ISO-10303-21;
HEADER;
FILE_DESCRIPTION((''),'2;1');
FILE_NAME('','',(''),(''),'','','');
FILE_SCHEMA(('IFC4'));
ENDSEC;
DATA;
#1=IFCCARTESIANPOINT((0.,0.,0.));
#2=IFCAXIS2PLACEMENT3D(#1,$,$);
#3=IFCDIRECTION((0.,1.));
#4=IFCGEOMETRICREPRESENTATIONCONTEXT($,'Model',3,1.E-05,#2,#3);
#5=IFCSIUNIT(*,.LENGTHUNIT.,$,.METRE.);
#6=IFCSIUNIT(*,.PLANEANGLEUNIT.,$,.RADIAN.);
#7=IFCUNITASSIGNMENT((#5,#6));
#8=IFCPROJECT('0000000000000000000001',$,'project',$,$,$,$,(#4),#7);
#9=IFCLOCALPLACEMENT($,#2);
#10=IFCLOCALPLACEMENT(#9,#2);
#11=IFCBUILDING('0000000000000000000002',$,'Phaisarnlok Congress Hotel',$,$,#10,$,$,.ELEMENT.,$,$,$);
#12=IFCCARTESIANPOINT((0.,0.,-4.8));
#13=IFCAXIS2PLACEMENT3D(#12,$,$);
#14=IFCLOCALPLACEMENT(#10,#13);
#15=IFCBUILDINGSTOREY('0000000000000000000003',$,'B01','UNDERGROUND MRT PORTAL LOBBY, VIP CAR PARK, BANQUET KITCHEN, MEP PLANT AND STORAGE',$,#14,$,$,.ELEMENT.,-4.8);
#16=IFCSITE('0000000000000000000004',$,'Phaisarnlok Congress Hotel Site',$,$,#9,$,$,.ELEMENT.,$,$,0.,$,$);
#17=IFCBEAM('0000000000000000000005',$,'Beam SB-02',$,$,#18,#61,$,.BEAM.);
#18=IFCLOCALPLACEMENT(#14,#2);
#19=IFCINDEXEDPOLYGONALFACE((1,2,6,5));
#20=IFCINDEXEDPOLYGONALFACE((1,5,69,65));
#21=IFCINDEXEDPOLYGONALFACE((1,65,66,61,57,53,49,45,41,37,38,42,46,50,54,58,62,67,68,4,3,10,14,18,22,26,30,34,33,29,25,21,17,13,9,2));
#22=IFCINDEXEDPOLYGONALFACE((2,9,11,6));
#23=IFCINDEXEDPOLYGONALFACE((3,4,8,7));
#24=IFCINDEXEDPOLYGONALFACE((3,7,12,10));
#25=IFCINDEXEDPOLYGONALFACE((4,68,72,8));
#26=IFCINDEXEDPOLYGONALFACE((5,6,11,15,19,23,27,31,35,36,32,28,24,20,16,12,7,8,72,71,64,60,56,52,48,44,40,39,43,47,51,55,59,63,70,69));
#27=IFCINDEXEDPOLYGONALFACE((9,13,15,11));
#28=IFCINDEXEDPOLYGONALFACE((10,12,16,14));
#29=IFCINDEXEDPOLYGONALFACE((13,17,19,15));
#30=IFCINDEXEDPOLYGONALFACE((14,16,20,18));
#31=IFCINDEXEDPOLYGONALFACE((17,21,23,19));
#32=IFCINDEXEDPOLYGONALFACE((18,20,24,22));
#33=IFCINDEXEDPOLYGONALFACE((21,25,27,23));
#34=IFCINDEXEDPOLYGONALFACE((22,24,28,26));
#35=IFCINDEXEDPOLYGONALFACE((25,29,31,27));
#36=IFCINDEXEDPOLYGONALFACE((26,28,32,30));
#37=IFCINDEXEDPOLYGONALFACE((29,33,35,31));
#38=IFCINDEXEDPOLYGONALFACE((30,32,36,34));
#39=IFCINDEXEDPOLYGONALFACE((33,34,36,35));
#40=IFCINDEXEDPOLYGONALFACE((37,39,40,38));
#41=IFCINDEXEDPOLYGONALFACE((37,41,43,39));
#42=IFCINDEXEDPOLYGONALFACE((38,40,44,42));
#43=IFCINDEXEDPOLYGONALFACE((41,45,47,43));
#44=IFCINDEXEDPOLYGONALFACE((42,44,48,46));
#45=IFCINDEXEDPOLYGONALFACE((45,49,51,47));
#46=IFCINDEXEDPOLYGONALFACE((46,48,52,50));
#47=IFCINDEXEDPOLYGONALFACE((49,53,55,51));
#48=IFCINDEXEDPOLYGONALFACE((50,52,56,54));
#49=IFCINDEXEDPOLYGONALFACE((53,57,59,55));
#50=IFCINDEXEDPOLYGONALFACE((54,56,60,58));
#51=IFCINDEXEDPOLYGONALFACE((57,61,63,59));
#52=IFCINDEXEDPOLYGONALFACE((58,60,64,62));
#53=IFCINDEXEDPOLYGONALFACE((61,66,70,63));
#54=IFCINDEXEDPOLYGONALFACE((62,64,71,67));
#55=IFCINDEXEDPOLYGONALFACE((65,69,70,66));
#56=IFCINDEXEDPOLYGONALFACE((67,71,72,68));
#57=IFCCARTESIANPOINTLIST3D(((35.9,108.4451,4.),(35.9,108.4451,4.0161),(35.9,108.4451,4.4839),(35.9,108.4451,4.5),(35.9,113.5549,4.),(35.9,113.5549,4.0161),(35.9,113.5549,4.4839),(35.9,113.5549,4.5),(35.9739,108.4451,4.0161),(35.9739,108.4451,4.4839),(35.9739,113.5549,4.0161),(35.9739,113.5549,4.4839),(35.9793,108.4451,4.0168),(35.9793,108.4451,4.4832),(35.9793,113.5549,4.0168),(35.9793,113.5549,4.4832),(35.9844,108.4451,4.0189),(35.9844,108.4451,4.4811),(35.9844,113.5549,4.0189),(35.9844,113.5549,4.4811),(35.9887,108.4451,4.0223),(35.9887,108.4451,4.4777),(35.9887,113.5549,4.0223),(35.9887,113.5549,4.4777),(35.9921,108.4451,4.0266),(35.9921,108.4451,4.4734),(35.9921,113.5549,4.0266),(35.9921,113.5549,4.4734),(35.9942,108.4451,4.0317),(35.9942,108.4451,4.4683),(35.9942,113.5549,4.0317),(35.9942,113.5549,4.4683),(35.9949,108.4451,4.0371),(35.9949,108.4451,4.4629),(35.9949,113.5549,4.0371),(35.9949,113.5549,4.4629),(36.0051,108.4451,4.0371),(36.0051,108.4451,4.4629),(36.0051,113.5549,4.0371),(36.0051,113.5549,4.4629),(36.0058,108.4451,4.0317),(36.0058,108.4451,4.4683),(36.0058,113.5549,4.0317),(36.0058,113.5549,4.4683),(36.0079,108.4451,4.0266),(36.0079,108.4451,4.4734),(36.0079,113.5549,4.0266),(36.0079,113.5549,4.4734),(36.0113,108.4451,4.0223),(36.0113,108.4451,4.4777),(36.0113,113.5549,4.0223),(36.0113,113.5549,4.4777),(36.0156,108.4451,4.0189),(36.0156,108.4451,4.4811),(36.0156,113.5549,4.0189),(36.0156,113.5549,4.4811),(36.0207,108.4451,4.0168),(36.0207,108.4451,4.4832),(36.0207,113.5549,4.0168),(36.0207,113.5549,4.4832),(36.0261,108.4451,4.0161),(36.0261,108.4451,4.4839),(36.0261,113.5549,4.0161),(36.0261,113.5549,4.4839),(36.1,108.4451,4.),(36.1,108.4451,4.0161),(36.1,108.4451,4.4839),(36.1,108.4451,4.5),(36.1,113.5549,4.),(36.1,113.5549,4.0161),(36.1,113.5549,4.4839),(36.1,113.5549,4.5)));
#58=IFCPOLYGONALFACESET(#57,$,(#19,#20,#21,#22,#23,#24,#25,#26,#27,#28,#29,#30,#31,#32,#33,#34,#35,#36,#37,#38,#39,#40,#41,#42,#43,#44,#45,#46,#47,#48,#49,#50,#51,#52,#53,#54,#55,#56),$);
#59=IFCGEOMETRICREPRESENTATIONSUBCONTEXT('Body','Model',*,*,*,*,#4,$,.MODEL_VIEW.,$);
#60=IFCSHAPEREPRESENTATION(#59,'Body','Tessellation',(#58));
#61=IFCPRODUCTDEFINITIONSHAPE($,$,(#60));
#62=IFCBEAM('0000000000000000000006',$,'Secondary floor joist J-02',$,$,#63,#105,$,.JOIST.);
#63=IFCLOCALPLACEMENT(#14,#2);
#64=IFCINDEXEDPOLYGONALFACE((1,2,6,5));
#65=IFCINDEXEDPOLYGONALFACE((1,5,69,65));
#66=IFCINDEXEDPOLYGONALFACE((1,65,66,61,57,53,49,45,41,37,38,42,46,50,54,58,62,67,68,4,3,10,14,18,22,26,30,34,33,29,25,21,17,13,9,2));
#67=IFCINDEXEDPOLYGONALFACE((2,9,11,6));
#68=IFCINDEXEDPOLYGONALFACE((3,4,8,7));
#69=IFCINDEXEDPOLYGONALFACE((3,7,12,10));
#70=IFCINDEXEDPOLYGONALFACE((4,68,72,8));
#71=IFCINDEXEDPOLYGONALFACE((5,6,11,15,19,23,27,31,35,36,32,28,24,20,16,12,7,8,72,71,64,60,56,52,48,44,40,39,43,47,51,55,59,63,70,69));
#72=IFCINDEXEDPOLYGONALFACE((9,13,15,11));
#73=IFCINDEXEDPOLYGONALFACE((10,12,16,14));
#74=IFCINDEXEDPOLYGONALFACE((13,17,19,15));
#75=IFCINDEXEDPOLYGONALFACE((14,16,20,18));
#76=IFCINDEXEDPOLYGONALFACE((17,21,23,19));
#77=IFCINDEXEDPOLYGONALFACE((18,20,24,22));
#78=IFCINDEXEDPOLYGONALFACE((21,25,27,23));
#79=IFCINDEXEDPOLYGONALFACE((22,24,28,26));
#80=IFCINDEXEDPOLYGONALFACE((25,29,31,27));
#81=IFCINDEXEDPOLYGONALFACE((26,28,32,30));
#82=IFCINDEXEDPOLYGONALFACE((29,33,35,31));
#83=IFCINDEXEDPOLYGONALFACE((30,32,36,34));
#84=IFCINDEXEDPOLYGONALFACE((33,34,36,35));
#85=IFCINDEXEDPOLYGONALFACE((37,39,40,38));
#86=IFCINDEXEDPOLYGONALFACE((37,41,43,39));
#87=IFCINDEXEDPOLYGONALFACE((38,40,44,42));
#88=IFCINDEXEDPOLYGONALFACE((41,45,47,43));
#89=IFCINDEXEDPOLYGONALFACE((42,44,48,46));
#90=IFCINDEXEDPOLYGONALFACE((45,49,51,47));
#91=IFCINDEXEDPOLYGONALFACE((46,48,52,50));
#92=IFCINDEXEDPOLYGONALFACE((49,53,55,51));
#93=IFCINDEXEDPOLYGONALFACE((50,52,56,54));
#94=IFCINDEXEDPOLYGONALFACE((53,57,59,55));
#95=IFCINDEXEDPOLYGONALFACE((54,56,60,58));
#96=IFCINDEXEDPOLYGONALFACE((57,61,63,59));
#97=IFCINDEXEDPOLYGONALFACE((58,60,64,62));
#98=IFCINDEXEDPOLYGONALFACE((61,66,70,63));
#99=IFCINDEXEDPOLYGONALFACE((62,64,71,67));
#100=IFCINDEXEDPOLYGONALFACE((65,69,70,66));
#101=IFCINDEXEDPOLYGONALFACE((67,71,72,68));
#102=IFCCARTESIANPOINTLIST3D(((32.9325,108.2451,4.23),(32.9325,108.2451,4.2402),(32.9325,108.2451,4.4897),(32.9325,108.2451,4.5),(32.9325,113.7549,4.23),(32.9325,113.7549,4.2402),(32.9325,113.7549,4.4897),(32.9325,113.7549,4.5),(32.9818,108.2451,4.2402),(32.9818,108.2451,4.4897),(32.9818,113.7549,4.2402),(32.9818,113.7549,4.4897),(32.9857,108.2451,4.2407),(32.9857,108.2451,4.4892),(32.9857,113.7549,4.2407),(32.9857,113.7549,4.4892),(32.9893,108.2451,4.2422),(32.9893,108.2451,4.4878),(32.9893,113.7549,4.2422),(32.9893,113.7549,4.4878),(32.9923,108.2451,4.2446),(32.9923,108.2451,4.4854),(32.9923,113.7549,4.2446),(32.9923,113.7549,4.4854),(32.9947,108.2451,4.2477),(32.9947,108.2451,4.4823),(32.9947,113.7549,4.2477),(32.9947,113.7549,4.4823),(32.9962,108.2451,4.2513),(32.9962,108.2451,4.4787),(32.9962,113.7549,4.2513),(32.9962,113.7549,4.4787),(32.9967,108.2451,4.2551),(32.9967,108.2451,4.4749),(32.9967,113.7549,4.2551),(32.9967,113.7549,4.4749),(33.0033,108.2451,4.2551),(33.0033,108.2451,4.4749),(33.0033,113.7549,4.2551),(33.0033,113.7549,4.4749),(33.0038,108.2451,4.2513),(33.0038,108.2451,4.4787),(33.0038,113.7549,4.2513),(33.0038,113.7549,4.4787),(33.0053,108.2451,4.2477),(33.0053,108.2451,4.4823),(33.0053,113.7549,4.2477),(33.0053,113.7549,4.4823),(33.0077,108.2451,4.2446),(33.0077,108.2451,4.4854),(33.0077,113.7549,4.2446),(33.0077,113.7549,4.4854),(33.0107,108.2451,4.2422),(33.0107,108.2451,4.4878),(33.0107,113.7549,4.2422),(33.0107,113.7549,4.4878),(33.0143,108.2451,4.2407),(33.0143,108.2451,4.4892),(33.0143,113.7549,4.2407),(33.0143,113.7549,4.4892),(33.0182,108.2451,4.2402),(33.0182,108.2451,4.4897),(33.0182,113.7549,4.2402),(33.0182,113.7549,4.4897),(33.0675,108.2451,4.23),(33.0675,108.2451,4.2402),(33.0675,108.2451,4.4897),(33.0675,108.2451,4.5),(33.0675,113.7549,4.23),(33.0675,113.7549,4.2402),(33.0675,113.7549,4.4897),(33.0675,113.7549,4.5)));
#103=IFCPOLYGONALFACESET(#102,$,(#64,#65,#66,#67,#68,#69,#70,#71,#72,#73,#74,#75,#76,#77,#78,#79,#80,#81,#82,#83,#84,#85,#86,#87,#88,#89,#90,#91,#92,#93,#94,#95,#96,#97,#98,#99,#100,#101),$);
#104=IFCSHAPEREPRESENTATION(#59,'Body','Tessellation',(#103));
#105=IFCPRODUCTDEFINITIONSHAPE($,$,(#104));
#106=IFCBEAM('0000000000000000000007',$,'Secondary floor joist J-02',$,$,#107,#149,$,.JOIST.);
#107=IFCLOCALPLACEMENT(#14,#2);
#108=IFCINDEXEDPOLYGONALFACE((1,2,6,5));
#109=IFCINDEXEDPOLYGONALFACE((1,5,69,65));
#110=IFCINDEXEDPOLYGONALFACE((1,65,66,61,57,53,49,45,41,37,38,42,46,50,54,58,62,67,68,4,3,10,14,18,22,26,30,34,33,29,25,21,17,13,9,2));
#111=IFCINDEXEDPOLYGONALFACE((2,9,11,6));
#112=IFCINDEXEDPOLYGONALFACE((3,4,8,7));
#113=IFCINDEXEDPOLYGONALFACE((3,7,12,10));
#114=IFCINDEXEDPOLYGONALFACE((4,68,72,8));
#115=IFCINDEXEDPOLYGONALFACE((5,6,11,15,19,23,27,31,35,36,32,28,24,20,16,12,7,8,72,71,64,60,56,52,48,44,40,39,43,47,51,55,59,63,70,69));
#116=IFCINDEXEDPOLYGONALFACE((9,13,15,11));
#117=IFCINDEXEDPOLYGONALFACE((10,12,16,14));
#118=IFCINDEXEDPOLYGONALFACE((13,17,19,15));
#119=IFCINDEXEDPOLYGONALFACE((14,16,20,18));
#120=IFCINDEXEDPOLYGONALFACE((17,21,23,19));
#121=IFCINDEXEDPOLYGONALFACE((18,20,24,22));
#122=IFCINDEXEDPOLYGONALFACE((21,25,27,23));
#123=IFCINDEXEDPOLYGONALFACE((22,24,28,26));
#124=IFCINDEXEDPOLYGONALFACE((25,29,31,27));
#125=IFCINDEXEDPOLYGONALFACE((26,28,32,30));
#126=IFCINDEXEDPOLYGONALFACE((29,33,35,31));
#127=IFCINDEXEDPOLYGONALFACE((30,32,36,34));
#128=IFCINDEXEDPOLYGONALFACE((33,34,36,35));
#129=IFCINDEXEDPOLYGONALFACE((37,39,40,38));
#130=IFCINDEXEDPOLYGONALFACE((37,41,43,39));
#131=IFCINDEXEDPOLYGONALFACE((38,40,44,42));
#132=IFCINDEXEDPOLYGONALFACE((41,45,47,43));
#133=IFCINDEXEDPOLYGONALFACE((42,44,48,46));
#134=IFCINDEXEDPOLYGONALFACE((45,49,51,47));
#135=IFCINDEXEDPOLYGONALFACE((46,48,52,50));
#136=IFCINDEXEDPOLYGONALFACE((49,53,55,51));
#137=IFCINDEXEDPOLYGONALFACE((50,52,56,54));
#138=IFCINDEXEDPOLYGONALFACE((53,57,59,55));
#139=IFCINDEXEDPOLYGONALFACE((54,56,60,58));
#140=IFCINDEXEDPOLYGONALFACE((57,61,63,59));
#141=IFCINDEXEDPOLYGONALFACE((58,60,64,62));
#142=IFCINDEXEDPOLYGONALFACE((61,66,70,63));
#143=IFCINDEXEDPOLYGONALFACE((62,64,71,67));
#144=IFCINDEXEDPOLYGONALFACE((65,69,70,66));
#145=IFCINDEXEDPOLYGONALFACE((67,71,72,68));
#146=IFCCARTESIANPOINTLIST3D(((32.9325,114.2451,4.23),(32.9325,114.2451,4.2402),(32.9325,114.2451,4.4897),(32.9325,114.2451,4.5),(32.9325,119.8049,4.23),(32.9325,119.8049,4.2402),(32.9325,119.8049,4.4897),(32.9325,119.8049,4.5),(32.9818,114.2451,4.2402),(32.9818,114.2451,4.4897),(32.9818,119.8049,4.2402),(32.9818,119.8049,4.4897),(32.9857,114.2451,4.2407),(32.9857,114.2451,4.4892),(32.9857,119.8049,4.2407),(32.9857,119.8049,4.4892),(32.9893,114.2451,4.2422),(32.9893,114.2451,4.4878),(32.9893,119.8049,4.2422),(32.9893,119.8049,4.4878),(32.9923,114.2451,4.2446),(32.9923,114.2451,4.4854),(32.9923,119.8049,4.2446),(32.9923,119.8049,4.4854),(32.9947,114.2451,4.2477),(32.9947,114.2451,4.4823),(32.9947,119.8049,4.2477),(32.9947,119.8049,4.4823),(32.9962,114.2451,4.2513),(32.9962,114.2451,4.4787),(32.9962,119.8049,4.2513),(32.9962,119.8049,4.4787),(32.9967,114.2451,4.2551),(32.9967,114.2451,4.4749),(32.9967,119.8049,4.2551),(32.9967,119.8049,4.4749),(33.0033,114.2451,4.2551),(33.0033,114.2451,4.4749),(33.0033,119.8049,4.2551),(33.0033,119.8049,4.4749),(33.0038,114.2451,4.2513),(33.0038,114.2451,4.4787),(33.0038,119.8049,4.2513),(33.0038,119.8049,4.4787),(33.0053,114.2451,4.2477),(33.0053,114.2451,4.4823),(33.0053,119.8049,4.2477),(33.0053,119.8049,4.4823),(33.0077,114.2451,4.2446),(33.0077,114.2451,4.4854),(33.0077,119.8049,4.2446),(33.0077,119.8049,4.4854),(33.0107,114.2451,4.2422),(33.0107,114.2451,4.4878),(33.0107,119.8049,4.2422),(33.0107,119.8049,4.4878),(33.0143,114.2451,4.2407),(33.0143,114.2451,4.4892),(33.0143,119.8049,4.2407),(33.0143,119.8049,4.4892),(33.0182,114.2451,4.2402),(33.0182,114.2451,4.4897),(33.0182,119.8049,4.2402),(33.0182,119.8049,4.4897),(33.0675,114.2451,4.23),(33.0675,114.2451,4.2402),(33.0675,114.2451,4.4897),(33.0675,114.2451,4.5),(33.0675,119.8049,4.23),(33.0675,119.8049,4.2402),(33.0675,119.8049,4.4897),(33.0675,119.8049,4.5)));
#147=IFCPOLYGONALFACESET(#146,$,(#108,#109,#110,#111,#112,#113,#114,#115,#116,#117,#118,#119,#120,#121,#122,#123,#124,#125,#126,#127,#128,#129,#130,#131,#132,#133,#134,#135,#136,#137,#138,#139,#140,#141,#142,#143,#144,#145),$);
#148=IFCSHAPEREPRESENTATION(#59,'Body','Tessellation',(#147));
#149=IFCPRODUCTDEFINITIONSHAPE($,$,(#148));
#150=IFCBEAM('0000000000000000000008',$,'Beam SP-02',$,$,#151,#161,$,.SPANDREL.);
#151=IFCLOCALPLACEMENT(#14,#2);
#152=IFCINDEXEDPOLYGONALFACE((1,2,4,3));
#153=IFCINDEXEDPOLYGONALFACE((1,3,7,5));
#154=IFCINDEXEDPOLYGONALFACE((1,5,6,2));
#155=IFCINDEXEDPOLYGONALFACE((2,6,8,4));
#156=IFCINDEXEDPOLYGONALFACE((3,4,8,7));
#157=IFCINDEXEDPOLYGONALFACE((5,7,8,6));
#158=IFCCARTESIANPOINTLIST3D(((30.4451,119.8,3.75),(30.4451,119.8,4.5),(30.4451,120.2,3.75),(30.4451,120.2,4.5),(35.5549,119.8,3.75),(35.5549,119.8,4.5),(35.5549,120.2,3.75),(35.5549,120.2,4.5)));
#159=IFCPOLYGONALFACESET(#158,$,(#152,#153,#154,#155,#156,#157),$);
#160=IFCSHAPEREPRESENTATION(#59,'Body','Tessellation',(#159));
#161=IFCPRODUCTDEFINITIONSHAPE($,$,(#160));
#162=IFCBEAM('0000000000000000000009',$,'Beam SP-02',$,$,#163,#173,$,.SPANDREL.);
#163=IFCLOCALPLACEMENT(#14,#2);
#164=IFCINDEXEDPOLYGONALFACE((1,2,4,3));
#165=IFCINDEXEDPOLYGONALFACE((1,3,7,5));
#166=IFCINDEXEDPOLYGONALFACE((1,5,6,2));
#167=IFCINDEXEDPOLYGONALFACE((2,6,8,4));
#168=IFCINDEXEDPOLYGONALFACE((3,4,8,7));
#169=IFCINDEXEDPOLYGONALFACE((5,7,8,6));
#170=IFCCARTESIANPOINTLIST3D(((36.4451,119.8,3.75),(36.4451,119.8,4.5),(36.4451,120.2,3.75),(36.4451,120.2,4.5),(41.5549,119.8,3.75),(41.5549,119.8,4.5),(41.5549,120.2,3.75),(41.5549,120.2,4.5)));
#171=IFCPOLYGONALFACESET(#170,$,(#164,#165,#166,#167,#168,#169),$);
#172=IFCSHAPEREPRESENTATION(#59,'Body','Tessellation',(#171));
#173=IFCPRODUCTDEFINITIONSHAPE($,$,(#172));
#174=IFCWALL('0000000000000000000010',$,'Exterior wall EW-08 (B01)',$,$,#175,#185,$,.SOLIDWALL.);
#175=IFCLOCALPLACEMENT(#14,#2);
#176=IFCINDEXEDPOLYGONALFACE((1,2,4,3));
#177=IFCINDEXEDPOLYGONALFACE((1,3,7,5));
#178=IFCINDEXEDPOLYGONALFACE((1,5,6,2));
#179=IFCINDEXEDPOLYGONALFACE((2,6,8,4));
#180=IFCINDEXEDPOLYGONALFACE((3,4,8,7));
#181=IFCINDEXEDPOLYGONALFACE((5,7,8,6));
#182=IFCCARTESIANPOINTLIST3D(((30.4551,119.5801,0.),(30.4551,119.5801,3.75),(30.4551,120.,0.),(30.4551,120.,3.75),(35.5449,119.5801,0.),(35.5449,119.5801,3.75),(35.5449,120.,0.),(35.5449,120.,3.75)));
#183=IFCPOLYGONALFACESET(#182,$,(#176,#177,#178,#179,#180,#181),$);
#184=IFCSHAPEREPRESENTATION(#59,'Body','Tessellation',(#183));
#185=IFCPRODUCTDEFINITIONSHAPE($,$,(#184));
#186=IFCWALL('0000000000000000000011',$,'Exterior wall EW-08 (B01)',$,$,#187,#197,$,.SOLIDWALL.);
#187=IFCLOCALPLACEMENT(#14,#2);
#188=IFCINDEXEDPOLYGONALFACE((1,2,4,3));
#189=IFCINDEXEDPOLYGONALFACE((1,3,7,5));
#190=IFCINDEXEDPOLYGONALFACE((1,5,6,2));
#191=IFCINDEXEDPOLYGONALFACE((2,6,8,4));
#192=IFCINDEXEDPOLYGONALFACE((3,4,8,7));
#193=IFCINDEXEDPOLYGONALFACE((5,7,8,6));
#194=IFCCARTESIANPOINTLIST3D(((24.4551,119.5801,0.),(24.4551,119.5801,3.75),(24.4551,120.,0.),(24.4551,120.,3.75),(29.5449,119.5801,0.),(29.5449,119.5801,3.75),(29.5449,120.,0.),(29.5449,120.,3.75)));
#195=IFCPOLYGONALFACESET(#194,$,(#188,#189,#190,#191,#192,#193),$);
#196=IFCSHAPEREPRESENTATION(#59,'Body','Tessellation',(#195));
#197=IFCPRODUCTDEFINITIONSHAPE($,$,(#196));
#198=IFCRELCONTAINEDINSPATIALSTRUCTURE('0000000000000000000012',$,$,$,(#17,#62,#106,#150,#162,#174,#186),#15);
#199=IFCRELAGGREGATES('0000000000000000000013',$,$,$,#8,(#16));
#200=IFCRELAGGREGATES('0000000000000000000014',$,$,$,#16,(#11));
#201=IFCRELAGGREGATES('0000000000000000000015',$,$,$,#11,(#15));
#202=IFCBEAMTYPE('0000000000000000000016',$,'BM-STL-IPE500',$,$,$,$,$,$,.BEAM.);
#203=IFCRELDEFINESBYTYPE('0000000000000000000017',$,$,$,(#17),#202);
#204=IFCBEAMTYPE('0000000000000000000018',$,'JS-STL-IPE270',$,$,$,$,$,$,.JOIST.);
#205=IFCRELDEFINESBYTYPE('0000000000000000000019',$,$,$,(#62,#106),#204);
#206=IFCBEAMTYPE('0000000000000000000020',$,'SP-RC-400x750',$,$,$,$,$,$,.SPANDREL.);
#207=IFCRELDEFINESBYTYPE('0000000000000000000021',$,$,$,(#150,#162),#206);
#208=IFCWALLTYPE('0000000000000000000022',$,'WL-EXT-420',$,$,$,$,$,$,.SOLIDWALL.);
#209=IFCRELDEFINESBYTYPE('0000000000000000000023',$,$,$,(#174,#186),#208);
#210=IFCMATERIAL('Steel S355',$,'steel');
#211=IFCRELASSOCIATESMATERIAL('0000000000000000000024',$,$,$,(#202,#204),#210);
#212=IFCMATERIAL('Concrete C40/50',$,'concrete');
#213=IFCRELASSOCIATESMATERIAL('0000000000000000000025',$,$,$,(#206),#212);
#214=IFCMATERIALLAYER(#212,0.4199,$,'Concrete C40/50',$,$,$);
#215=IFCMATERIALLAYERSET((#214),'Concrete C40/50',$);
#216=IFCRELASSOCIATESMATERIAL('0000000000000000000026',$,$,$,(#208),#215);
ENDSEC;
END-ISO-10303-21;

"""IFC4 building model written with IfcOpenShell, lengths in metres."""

from ifc_helpers import new_model, si_unit, direction, frame, frame_2d, origin, origin_2d, place, context, subcontext, project, spatial, rectangle, i_section, extrude, material, layer, layer_set, material_profile, profile_set, type_object, element, save


model = new_model("IFC4")

# Units and contexts
model_context = context("Model", 3, precision=1e-05, world=origin(), true_north=direction((0.0, 1.0)))
body_context = subcontext(model_context, "Body", "Model", "MODEL_VIEW")
ifc_project = project(units=[si_unit("LENGTHUNIT", "METRE"), si_unit("PLANEANGLEUNIT", "RADIAN")], contexts=[model_context])

# Site, building, storey
site_placement = place(None, origin())
site = spatial("IfcSite", under=ifc_project, at=site_placement, Name="Phaisarnlok Congress Hotel Site", CompositionType="ELEMENT", RefElevation=0.0)
building_placement = place(site_placement, origin())
building = spatial("IfcBuilding", under=site, at=building_placement, Name="Phaisarnlok Congress Hotel", CompositionType="ELEMENT")
storey_placement = place(building_placement, frame((0.0, 0.0, -4.8)))
storey = spatial("IfcBuildingStorey", under=building, at=storey_placement, Name="B01", Description="UNDERGROUND MRT PORTAL LOBBY, VIP CAR PARK, BANQUET KITCHEN, MEP PLANT AND STORAGE", CompositionType="ELEMENT", Elevation=-4.8)

# Shared definitions
ifc_material_1 = material(Name="Concrete C40/50", Category="concrete")

# Beams
ifc_material_2 = material(Name="Steel S355", Category="steel")
ifc_material_profile_1 = material_profile(ifc_material_2, i_section(OverallWidth=0.2, OverallDepth=0.5, WebThickness=0.0103, FlangeThickness=0.0161, FilletRadius=0.021, at=origin_2d()), Name="IPE 500")
ifc_profile_set_1 = profile_set([ifc_material_profile_1], Name="Steel S355")
beam_type_1 = type_object("IfcBeamType", Name="BM-STL-IPE500", PredefinedType="BEAM", material=ifc_profile_set_1)
for number, where, z_axis, x_axis, name in (
    (1, (36.0, 108.4451, 4.25), (0.0, 1.0, 0.0), (-1.0, 0.0, 0.0), "Beam SB-02"),
):
    element("IfcBeam", number, at=place(storey_placement, frame(where, z_axis=z_axis, x_axis=x_axis)), inside=storey, type_object=beam_type_1, Name=name, PredefinedType="BEAM", context=body_context, shape_type="SweptSolid", body=[
        extrude(i_section(OverallWidth=0.2, OverallDepth=0.5, WebThickness=0.0103, FlangeThickness=0.0161, FilletRadius=0.021, at=origin_2d()), origin(), (0.0, 0.0, 1.0), 5.1099),
    ])
ifc_material_profile_2 = material_profile(ifc_material_2, i_section(OverallWidth=0.135, OverallDepth=0.27, WebThickness=0.0066, FlangeThickness=0.0103, FilletRadius=0.0149, at=origin_2d()), Name="IPE 270")
ifc_profile_set_2 = profile_set([ifc_material_profile_2], Name="Steel S355")
beam_type_2 = type_object("IfcBeamType", Name="JS-STL-IPE270", PredefinedType="JOIST", material=ifc_profile_set_2)
beam_1_placement = place(storey_placement, frame((33.0, 108.2451, 4.365), z_axis=(0.0, 1.0, 0.0), x_axis=(-1.0, 0.0, 0.0)))
element("IfcBeam", 2, at=beam_1_placement, inside=storey, type_object=beam_type_2, Name="Secondary floor joist J-02", PredefinedType="JOIST", context=body_context, shape_type="SweptSolid", body=[
    extrude(i_section(OverallWidth=0.135, OverallDepth=0.27, WebThickness=0.0066, FlangeThickness=0.0103, FilletRadius=0.0149, at=origin_2d()), origin(), (0.0, 0.0, 1.0), 5.5098),
])
beam_2_placement = place(storey_placement, frame((33.0, 114.2451, 4.365), z_axis=(0.0, 1.0, 0.0), x_axis=(-1.0, 0.0, 0.0)))
element("IfcBeam", 3, at=beam_2_placement, inside=storey, type_object=beam_type_2, Name="Secondary floor joist J-02", PredefinedType="JOIST", context=body_context, shape_type="SweptSolid", body=[
    extrude(i_section(OverallWidth=0.135, OverallDepth=0.27, WebThickness=0.0066, FlangeThickness=0.0103, FilletRadius=0.0149, at=origin_2d()), origin(), (0.0, 0.0, 1.0), 5.5598),
])
ifc_material_profile_3 = material_profile(ifc_material_1, rectangle(XDim=0.3999, YDim=0.75, at=origin_2d()), Name="RC 400x750")
ifc_profile_set_3 = profile_set([ifc_material_profile_3], Name="Concrete C40/50")
beam_type_3 = type_object("IfcBeamType", Name="SP-RC-400x750", PredefinedType="SPANDREL", material=ifc_profile_set_3)
for number, where, z_axis, x_axis, name in (
    (4, (30.4451, 120.0, 4.125), (1.0, 0.0, 0.0), (0.0, 1.0, 0.0), "Beam SP-02"),
    (5, (36.4451, 120.0, 4.125), (1.0, 0.0, 0.0), (0.0, 1.0, 0.0), "Beam SP-02"),
):
    element("IfcBeam", number, at=place(storey_placement, frame(where, z_axis=z_axis, x_axis=x_axis)), inside=storey, type_object=beam_type_3, Name=name, PredefinedType="SPANDREL", context=body_context, shape_type="SweptSolid", body=[
        extrude(rectangle(XDim=0.3999, YDim=0.75, at=origin_2d()), origin(), (0.0, 0.0, 1.0), 5.1099),
    ])

# Walls
ifc_layer = layer(ifc_material_1, 0.4199, Name="Concrete C40/50")
ifc_layer_set = layer_set([ifc_layer], Name="Concrete C40/50")
wall_type = type_object("IfcWallType", Name="WL-EXT-420", PredefinedType="SOLIDWALL", material=ifc_layer_set)
for number, where, z_axis, x_axis, name in (
    (6, (35.5449, 119.79, 0.0), (0.0, 0.0, 1.0), (-1.0, 0.0, 0.0), "Exterior wall EW-08 (B01)"),
    (7, (29.5449, 119.79, 0.0), (0.0, 0.0, 1.0), (-1.0, 0.0, 0.0), "Exterior wall EW-08 (B01)"),
):
    element("IfcWall", number, at=place(storey_placement, frame(where, z_axis=z_axis, x_axis=x_axis)), inside=storey, type_object=wall_type, Name=name, PredefinedType="SOLIDWALL", context=body_context, shape_type="SweptSolid", body=[
        extrude(rectangle(XDim=5.0898, YDim=0.4199, at=frame_2d((2.5449, 0.0))), origin(), (0.0, 0.0, 1.0), 3.75),
    ])

save(model, "model.ifc")
